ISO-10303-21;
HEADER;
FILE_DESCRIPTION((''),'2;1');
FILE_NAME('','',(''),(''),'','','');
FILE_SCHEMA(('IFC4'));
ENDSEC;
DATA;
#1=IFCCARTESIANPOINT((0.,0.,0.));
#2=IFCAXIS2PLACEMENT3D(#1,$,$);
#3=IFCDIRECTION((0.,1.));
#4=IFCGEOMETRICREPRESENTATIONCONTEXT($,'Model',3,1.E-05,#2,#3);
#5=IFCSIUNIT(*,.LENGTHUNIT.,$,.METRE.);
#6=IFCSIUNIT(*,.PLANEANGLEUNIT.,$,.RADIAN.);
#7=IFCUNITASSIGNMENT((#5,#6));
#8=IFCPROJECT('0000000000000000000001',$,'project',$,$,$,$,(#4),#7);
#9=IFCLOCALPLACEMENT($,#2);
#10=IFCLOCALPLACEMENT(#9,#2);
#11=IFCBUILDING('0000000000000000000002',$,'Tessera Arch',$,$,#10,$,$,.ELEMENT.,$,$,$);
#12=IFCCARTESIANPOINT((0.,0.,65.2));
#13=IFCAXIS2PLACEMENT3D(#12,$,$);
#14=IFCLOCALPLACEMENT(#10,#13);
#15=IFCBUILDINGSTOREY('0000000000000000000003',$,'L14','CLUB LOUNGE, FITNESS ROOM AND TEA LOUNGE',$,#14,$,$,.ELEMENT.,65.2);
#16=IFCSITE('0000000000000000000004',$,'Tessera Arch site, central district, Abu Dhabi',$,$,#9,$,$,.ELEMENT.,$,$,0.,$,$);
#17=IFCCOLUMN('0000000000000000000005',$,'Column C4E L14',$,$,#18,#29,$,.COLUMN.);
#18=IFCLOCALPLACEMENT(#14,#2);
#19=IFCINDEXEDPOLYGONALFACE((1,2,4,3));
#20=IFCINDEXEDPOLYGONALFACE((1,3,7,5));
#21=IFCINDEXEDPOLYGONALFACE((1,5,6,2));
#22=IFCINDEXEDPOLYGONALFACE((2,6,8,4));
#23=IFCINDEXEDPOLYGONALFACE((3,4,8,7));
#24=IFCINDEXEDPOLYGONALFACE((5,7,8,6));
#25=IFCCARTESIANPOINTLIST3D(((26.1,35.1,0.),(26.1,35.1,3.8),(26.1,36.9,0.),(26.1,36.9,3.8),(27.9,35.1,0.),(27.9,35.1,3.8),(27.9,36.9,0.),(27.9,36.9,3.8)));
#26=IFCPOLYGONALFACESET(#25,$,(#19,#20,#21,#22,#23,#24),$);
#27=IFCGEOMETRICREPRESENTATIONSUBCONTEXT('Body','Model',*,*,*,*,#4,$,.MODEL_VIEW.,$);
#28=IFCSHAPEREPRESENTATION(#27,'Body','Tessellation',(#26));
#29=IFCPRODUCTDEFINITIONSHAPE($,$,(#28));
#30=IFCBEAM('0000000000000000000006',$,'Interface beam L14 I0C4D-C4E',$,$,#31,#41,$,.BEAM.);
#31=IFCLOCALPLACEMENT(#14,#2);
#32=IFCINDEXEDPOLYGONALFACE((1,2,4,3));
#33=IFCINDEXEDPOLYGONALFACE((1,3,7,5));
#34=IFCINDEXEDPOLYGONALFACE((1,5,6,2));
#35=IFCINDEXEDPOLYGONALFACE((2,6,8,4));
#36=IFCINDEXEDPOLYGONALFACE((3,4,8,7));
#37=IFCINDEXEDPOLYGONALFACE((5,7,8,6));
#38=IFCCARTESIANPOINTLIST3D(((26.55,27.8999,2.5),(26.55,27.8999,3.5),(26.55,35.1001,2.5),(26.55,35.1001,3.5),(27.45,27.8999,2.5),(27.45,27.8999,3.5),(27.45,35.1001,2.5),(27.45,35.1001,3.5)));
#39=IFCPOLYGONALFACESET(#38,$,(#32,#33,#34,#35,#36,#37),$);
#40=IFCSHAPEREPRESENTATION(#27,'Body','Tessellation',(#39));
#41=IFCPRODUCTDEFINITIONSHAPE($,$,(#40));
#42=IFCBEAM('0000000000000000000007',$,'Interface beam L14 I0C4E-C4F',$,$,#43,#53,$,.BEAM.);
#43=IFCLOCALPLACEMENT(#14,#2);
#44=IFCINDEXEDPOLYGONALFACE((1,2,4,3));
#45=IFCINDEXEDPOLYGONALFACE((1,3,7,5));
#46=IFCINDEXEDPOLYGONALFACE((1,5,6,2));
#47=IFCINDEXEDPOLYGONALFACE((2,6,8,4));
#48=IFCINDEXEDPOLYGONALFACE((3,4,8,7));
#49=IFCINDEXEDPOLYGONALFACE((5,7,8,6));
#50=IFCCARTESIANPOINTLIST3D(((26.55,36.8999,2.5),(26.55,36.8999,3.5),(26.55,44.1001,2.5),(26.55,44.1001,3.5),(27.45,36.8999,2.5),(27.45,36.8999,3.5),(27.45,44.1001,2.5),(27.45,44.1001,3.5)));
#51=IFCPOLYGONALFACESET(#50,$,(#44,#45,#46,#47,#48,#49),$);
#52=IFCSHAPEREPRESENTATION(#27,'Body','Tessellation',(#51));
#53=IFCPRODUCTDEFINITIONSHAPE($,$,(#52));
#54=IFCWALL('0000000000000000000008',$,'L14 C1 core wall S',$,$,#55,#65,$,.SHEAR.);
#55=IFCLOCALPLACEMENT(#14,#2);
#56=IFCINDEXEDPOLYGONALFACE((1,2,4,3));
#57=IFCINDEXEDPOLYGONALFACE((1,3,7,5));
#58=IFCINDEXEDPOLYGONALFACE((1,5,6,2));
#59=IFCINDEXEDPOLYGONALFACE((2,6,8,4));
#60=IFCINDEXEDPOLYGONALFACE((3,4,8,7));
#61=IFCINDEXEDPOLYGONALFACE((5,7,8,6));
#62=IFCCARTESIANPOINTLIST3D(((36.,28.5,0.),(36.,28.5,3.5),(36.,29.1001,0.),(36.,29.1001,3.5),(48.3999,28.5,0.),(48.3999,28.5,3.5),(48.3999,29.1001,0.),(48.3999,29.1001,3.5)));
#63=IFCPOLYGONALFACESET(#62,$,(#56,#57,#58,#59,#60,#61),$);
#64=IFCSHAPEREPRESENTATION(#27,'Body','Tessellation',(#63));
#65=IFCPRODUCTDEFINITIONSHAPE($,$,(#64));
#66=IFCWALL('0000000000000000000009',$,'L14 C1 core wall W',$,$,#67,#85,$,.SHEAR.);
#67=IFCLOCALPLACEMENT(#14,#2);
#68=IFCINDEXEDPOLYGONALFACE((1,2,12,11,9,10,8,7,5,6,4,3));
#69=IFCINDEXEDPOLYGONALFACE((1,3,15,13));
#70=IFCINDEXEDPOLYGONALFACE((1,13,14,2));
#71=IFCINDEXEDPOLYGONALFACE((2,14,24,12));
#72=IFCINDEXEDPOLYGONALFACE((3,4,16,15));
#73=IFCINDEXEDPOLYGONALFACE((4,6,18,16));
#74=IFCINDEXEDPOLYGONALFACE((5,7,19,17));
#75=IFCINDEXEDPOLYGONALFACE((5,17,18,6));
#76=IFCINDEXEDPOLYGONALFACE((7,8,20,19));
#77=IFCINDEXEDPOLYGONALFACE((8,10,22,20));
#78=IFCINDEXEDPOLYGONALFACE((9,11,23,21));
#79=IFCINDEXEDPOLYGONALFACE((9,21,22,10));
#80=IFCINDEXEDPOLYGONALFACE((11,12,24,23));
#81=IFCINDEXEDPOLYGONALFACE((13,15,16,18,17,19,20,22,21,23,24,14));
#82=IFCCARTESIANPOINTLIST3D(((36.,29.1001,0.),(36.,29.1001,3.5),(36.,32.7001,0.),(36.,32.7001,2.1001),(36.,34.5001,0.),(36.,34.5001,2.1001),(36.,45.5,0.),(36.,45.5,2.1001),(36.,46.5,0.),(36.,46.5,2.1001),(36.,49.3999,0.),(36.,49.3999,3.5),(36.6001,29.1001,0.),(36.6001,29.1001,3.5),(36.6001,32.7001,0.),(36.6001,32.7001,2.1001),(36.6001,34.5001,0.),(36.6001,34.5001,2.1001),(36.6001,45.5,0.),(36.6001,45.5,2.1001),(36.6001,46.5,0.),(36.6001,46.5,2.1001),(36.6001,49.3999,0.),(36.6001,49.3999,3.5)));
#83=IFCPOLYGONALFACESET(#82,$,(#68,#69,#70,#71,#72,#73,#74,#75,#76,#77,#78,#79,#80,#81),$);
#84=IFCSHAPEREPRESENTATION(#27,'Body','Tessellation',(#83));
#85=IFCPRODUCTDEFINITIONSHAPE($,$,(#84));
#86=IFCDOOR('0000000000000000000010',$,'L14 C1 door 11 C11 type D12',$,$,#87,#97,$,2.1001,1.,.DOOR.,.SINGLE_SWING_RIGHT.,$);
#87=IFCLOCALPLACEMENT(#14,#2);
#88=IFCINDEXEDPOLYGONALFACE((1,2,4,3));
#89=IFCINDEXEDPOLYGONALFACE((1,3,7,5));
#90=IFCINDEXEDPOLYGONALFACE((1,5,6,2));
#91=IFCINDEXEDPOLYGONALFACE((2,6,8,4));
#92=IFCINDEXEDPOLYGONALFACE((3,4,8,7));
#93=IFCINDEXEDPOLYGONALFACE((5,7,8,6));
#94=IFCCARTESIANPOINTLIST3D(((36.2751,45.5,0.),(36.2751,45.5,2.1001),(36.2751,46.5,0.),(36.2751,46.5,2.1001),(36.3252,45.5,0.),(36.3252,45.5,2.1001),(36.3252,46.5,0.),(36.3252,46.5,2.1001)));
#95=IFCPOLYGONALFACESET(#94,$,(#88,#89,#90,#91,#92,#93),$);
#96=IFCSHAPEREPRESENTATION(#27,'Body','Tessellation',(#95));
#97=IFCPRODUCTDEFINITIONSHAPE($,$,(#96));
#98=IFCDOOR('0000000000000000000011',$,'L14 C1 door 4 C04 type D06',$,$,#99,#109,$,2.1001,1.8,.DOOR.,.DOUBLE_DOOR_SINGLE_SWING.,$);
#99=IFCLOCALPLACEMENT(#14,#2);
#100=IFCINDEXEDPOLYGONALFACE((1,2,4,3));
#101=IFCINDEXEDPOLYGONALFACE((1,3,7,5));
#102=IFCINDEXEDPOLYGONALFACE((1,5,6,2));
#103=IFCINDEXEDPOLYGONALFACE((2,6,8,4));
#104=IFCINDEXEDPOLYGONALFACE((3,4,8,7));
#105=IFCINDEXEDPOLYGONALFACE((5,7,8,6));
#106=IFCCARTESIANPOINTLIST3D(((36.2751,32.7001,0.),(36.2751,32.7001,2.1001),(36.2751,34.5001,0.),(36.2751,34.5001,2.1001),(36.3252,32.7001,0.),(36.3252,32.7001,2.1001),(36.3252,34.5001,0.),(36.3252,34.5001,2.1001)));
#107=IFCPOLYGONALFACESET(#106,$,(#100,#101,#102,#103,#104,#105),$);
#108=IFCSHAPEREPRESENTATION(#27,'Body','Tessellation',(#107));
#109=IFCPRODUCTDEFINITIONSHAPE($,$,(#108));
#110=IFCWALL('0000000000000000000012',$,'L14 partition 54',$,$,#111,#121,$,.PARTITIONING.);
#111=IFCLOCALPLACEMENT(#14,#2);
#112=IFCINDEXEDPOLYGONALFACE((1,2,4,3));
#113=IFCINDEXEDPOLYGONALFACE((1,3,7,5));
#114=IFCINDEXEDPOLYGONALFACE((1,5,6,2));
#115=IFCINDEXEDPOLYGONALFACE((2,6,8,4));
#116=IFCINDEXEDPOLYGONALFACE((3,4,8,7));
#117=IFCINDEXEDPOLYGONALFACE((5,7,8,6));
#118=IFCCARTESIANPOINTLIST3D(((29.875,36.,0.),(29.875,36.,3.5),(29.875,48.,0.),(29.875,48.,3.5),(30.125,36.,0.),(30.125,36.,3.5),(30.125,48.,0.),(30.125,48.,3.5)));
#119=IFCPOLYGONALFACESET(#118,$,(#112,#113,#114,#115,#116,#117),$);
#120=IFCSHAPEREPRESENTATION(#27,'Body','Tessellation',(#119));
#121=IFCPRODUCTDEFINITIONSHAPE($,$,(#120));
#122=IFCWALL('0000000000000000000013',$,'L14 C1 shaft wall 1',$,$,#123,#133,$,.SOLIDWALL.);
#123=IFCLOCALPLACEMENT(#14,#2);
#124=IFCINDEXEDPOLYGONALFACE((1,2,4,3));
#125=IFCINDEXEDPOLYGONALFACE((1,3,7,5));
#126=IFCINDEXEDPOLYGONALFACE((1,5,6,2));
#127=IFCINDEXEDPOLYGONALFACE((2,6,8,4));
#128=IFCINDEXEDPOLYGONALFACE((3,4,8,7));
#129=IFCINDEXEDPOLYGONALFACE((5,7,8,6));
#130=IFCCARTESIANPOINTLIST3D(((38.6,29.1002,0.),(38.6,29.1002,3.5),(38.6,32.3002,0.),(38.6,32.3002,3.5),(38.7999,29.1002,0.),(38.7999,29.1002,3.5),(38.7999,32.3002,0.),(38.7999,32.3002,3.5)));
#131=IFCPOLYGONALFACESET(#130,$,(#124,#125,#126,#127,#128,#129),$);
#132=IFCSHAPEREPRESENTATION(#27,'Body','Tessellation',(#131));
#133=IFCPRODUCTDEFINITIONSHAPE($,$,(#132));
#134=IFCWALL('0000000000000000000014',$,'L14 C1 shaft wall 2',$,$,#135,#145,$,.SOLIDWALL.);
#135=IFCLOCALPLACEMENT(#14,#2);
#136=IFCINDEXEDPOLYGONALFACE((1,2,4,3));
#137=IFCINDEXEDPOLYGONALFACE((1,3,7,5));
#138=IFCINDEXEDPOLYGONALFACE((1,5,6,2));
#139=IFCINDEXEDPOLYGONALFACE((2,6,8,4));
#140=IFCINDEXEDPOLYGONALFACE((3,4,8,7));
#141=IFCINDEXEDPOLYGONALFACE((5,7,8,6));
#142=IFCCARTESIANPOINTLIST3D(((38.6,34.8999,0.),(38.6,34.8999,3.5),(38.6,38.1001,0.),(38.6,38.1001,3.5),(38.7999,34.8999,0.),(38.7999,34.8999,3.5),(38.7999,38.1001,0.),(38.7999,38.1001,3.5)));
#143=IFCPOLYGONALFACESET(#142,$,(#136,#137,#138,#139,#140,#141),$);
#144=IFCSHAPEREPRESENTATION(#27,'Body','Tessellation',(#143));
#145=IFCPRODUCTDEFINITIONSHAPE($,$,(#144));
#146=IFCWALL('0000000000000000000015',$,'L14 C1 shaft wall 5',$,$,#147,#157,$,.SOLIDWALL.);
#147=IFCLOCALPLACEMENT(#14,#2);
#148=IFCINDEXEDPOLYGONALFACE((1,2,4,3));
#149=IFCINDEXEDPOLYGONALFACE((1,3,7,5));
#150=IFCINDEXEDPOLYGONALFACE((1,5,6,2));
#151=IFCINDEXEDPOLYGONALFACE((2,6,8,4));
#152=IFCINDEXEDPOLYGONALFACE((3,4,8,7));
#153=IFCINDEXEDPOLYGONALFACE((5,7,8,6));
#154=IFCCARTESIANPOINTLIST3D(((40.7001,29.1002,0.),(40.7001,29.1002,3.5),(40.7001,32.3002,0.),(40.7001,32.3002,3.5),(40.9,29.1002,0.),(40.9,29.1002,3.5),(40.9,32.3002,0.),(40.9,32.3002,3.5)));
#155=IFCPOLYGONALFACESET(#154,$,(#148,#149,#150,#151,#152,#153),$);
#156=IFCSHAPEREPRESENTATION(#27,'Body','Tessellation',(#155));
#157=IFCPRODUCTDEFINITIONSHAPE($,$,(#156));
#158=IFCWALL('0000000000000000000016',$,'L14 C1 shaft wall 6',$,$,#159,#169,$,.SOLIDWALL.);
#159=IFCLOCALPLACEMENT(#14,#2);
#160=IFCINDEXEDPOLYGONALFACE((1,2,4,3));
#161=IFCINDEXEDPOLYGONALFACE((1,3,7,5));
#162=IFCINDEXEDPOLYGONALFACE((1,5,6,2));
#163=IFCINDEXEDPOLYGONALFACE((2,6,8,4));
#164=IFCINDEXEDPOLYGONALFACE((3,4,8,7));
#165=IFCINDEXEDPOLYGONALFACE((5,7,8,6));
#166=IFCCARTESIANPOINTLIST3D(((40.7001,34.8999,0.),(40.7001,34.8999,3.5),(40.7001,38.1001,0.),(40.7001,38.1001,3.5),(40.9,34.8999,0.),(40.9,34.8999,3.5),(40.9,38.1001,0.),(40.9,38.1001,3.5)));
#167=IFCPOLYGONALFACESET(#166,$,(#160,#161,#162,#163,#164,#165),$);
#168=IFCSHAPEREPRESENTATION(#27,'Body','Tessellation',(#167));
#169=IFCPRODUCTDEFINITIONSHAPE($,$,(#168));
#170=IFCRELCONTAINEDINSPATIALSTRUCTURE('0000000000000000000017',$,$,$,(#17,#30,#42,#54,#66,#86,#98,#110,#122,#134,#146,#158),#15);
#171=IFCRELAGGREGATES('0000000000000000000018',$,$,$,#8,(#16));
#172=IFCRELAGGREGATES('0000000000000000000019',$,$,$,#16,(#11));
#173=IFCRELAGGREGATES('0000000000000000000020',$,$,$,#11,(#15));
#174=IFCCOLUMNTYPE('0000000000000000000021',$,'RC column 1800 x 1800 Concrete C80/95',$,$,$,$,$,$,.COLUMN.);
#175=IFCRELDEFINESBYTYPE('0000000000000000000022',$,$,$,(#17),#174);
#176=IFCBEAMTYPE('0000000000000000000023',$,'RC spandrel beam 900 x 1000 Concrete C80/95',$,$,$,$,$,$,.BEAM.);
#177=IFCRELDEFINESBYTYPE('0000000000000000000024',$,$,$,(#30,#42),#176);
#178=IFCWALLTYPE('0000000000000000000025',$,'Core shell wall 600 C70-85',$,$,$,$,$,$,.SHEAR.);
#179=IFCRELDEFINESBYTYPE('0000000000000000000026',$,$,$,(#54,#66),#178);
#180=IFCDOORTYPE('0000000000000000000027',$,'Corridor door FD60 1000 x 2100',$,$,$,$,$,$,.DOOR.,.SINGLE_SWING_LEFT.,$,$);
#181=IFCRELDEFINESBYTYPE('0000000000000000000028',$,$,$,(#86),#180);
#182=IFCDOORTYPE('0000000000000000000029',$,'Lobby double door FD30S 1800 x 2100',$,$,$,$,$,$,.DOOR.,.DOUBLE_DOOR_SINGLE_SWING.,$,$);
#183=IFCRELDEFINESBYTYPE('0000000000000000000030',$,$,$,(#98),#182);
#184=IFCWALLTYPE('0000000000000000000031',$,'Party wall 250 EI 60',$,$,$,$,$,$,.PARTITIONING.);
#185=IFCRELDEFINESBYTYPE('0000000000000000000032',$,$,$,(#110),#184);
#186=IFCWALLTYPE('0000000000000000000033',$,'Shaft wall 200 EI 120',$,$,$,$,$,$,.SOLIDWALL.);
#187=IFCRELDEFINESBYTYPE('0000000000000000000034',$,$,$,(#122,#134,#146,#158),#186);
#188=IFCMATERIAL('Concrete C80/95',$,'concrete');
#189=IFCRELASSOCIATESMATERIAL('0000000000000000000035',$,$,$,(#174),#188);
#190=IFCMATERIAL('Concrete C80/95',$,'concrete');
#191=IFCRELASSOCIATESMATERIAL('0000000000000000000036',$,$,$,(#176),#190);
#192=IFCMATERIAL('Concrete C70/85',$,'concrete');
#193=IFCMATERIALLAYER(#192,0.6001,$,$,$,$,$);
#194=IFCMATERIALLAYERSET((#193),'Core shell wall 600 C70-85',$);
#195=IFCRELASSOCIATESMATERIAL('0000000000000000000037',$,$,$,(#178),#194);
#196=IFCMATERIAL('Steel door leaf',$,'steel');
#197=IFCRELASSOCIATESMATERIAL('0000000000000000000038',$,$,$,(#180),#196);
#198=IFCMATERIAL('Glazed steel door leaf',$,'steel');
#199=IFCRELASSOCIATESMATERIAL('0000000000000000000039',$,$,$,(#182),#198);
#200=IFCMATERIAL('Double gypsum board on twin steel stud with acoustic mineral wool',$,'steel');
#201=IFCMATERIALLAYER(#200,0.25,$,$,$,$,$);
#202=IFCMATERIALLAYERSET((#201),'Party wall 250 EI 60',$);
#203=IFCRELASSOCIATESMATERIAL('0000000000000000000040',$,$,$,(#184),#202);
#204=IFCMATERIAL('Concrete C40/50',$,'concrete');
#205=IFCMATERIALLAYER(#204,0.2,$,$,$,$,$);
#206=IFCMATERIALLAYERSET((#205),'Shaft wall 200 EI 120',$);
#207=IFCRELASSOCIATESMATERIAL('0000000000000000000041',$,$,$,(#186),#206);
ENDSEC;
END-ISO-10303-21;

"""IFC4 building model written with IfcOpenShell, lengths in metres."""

from ifc_helpers import new_model, si_unit, direction, frame, frame_2d, origin, origin_2d, place, context, subcontext, project, spatial, rectangle, extrude, material, layer, layer_set, material_profile, profile_set, type_object, element, fill, save


model = new_model("IFC4")

# Units and contexts
model_context = context("Model", 3, precision=1e-05, world=origin(), true_north=direction((0.0, 1.0)))
body_context = subcontext(model_context, "Body", "Model", "MODEL_VIEW")
ifc_project = project(units=[si_unit("LENGTHUNIT", "METRE"), si_unit("PLANEANGLEUNIT", "RADIAN")], contexts=[model_context])

# Site, building, storey
site_placement = place(None, origin())
site = spatial("IfcSite", under=ifc_project, at=site_placement, Name="Tessera Arch site, central district, Abu Dhabi", CompositionType="ELEMENT", RefElevation=0.0)
building_placement = place(site_placement, origin())
building = spatial("IfcBuilding", under=site, at=building_placement, Name="Tessera Arch", CompositionType="ELEMENT")
storey_placement = place(building_placement, frame((0.0, 0.0, 65.2)))
storey = spatial("IfcBuildingStorey", under=building, at=storey_placement, Name="L14", Description="CLUB LOUNGE, FITNESS ROOM AND TEA LOUNGE", CompositionType="ELEMENT", Elevation=65.2)

# Column
ifc_material_1 = material(Name="Concrete C80/95", Category="concrete")
ifc_material_profile_1 = material_profile(ifc_material_1, rectangle(XDim=1.8, YDim=1.8, at=origin_2d()), Name="RC column 1800 x 1800 Concrete C80/95")
ifc_profile_set_1 = profile_set([ifc_material_profile_1], Name="Concrete C80/95")
column_type = type_object("IfcColumnType", Name="RC column 1800 x 1800 Concrete C80/95", PredefinedType="COLUMN", material=ifc_profile_set_1)
column_placement = place(storey_placement, frame((27.0, 36.0, 0.0), z_axis=(0.0, 0.0, 1.0), x_axis=(1.0, 0.0, 0.0)))
element("IfcColumn", 1, at=column_placement, inside=storey, type_object=column_type, Name="Column C4E L14", PredefinedType="COLUMN", context=body_context, shape_type="SweptSolid", body=[
    extrude(rectangle(XDim=1.8, YDim=1.8, at=origin_2d()), origin(), (0.0, 0.0, 1.0), 3.8),
])

# Beams
ifc_material_2 = material(Name="Concrete C80/95", Category="concrete")
ifc_material_profile_2 = material_profile(ifc_material_2, rectangle(XDim=0.8999, YDim=1.0, at=origin_2d()), Name="RC spandrel beam 900 x 1000 Concrete C80/95")
ifc_profile_set_2 = profile_set([ifc_material_profile_2], Name="Concrete C80/95")
beam_type = type_object("IfcBeamType", Name="RC spandrel beam 900 x 1000 Concrete C80/95", PredefinedType="BEAM", material=ifc_profile_set_2)
for number, where, z_axis, x_axis, name in (
    (2, (27.0, 27.8999, 3.0), (0.0, 1.0, 0.0), (-1.0, 0.0, 0.0), "Interface beam L14 I0C4D-C4E"),
    (3, (27.0, 36.8999, 3.0), (0.0, 1.0, 0.0), (-1.0, 0.0, 0.0), "Interface beam L14 I0C4E-C4F"),
):
    element("IfcBeam", number, at=place(storey_placement, frame(where, z_axis=z_axis, x_axis=x_axis)), inside=storey, type_object=beam_type, Name=name, PredefinedType="BEAM", context=body_context, shape_type="SweptSolid", body=[
        extrude(rectangle(XDim=0.8999, YDim=1.0, at=origin_2d()), origin(), (0.0, 0.0, 1.0), 7.2002),
    ])

# Wall
ifc_material_3 = material(Name="Concrete C70/85", Category="concrete")
ifc_layer_1 = layer(ifc_material_3, 0.6001)
ifc_layer_set_1 = layer_set([ifc_layer_1], Name="Core shell wall 600 C70-85")
wall_type_1 = type_object("IfcWallType", Name="Core shell wall 600 C70-85", PredefinedType="SHEAR", material=ifc_layer_set_1)
wall_1_placement = place(storey_placement, frame((36.0, 28.8, 0.0), z_axis=(0.0, 0.0, 1.0), x_axis=(1.0, 0.0, 0.0)))
element("IfcWall", 4, at=wall_1_placement, inside=storey, type_object=wall_type_1, Name="L14 C1 core wall S", PredefinedType="SHEAR", context=body_context, shape_type="SweptSolid", body=[
    extrude(rectangle(XDim=12.3999, YDim=0.6001, at=frame_2d((6.2, 0.0))), origin(), (0.0, 0.0, 1.0), 3.5),
])

# Wall, openings, doors
wall_2_placement = place(storey_placement, frame((36.3, 29.1001, 0.0), z_axis=(0.0, 0.0, 1.0), x_axis=(0.0, 1.0, 0.0)))
wall_2 = element("IfcWall", 5, at=wall_2_placement, inside=storey, type_object=wall_type_1, Name="L14 C1 core wall W", PredefinedType="SHEAR", context=body_context, shape_type="SweptSolid", body=[
    extrude(rectangle(XDim=20.2998, YDim=0.6001, at=frame_2d((10.1499, 0.0))), origin(), (0.0, 0.0, 1.0), 3.5),
])
opening_1_placement = place(wall_2_placement, frame((3.6001, 0.0, 0.0)))
opening_1 = element("IfcOpeningElement", 6, at=opening_1_placement, cuts=wall_2, PredefinedType="OPENING", context=body_context, shape_type="SweptSolid", body=[
    extrude(rectangle(XDim=1.8, YDim=2.1001, at=frame_2d((0.8999, 1.05))), frame((0.0, 0.3101, 0.0), z_axis=(0.0, -1.0, 0.0), x_axis=(1.0, 0.0, 0.0)), (0.0, 0.0, 1.0), 0.6201),
])
opening_2_placement = place(wall_2_placement, frame((16.3999, 0.0, 0.0)))
opening_2 = element("IfcOpeningElement", 7, at=opening_2_placement, cuts=wall_2, PredefinedType="OPENING", context=body_context, shape_type="SweptSolid", body=[
    extrude(rectangle(XDim=1.0, YDim=2.1001, at=frame_2d((0.5, 1.05))), frame((0.0, 0.3101, 0.0), z_axis=(0.0, -1.0, 0.0), x_axis=(1.0, 0.0, 0.0)), (0.0, 0.0, 1.0), 0.6201),
])
ifc_material_4 = material(Name="Steel door leaf", Category="steel")
door_type_1 = type_object("IfcDoorType", Name="Corridor door FD60 1000 x 2100", OperationType="SINGLE_SWING_LEFT", PredefinedType="DOOR", material=ifc_material_4)
door_1_placement = place(opening_2_placement, origin())
door_1 = element("IfcDoor", 8, at=door_1_placement, inside=storey, type_object=door_type_1, Name="L14 C1 door 11 C11 type D12", OperationType="SINGLE_SWING_RIGHT", OverallHeight=2.1001, OverallWidth=1.0, PredefinedType="DOOR", context=body_context, shape_type="SweptSolid", body=[
    extrude(rectangle(XDim=1.0, YDim=2.1001, at=frame_2d((0.5, 1.05))), frame((0.0, 0.0249, 0.0), z_axis=(0.0, -1.0, 0.0), x_axis=(1.0, 0.0, 0.0)), (0.0, 0.0, 1.0), 0.05),
])
fill(opening_2, door_1)
ifc_material_5 = material(Name="Glazed steel door leaf", Category="steel")
door_type_2 = type_object("IfcDoorType", Name="Lobby double door FD30S 1800 x 2100", OperationType="DOUBLE_DOOR_SINGLE_SWING", PredefinedType="DOOR", material=ifc_material_5)
door_2_placement = place(opening_1_placement, origin())
door_2 = element("IfcDoor", 9, at=door_2_placement, inside=storey, type_object=door_type_2, Name="L14 C1 door 4 C04 type D06", OperationType="DOUBLE_DOOR_SINGLE_SWING", OverallHeight=2.1001, OverallWidth=1.8, PredefinedType="DOOR", context=body_context, shape_type="SweptSolid", body=[
    extrude(rectangle(XDim=1.8, YDim=2.1001, at=frame_2d((0.8999, 1.05))), frame((0.0, 0.0249, 0.0), z_axis=(0.0, -1.0, 0.0), x_axis=(1.0, 0.0, 0.0)), (0.0, 0.0, 1.0), 0.05),
])
fill(opening_1, door_2)

# Walls
ifc_material_6 = material(Name="Double gypsum board on twin steel stud with acoustic mineral wool", Category="steel")
ifc_layer_2 = layer(ifc_material_6, 0.25)
ifc_layer_set_2 = layer_set([ifc_layer_2], Name="Party wall 250 EI 60")
wall_type_2 = type_object("IfcWallType", Name="Party wall 250 EI 60", PredefinedType="PARTITIONING", material=ifc_layer_set_2)
wall_3_placement = place(storey_placement, frame((30.0, 36.0, 0.0), z_axis=(0.0, 0.0, 1.0), x_axis=(0.0, 1.0, 0.0)))
element("IfcWall", 10, at=wall_3_placement, inside=storey, type_object=wall_type_2, Name="L14 partition 54", PredefinedType="PARTITIONING", context=body_context, shape_type="SweptSolid", body=[
    extrude(rectangle(XDim=12.0, YDim=0.25, at=frame_2d((6.0, 0.0))), origin(), (0.0, 0.0, 1.0), 3.5),
])
ifc_material_7 = material(Name="Concrete C40/50", Category="concrete")
ifc_layer_3 = layer(ifc_material_7, 0.2)
ifc_layer_set_3 = layer_set([ifc_layer_3], Name="Shaft wall 200 EI 120")
wall_type_3 = type_object("IfcWallType", Name="Shaft wall 200 EI 120", PredefinedType="SOLIDWALL", material=ifc_layer_set_3)
wall_4_placement = place(storey_placement, frame((38.7, 29.1001, 0.0), z_axis=(0.0, 0.0, 1.0), x_axis=(0.0, 1.0, 0.0)))
element("IfcWall", 11, at=wall_4_placement, inside=storey, type_object=wall_type_3, Name="L14 C1 shaft wall 1", PredefinedType="SOLIDWALL", context=body_context, shape_type="SweptSolid", body=[
    extrude(rectangle(XDim=3.2, YDim=0.2, at=frame_2d((1.6001, 0.0))), origin(), (0.0, 0.0, 1.0), 3.5),
])
wall_5_placement = place(storey_placement, frame((38.7, 34.8999, 0.0), z_axis=(0.0, 0.0, 1.0), x_axis=(0.0, 1.0, 0.0)))
element("IfcWall", 12, at=wall_5_placement, inside=storey, type_object=wall_type_3, Name="L14 C1 shaft wall 2", PredefinedType="SOLIDWALL", context=body_context, shape_type="SweptSolid", body=[
    extrude(rectangle(XDim=3.2002, YDim=0.2, at=frame_2d((1.6001, 0.0))), origin(), (0.0, 0.0, 1.0), 3.5),
])
wall_6_placement = place(storey_placement, frame((40.8, 29.1001, 0.0), z_axis=(0.0, 0.0, 1.0), x_axis=(0.0, 1.0, 0.0)))
element("IfcWall", 13, at=wall_6_placement, inside=storey, type_object=wall_type_3, Name="L14 C1 shaft wall 5", PredefinedType="SOLIDWALL", context=body_context, shape_type="SweptSolid", body=[
    extrude(rectangle(XDim=3.2, YDim=0.2, at=frame_2d((1.6001, 0.0))), origin(), (0.0, 0.0, 1.0), 3.5),
])
wall_7_placement = place(storey_placement, frame((40.8, 34.8999, 0.0), z_axis=(0.0, 0.0, 1.0), x_axis=(0.0, 1.0, 0.0)))
element("IfcWall", 14, at=wall_7_placement, inside=storey, type_object=wall_type_3, Name="L14 C1 shaft wall 6", PredefinedType="SOLIDWALL", context=body_context, shape_type="SweptSolid", body=[
    extrude(rectangle(XDim=3.2002, YDim=0.2, at=frame_2d((1.6001, 0.0))), origin(), (0.0, 0.0, 1.0), 3.5),
])

save(model, "model.ifc")
